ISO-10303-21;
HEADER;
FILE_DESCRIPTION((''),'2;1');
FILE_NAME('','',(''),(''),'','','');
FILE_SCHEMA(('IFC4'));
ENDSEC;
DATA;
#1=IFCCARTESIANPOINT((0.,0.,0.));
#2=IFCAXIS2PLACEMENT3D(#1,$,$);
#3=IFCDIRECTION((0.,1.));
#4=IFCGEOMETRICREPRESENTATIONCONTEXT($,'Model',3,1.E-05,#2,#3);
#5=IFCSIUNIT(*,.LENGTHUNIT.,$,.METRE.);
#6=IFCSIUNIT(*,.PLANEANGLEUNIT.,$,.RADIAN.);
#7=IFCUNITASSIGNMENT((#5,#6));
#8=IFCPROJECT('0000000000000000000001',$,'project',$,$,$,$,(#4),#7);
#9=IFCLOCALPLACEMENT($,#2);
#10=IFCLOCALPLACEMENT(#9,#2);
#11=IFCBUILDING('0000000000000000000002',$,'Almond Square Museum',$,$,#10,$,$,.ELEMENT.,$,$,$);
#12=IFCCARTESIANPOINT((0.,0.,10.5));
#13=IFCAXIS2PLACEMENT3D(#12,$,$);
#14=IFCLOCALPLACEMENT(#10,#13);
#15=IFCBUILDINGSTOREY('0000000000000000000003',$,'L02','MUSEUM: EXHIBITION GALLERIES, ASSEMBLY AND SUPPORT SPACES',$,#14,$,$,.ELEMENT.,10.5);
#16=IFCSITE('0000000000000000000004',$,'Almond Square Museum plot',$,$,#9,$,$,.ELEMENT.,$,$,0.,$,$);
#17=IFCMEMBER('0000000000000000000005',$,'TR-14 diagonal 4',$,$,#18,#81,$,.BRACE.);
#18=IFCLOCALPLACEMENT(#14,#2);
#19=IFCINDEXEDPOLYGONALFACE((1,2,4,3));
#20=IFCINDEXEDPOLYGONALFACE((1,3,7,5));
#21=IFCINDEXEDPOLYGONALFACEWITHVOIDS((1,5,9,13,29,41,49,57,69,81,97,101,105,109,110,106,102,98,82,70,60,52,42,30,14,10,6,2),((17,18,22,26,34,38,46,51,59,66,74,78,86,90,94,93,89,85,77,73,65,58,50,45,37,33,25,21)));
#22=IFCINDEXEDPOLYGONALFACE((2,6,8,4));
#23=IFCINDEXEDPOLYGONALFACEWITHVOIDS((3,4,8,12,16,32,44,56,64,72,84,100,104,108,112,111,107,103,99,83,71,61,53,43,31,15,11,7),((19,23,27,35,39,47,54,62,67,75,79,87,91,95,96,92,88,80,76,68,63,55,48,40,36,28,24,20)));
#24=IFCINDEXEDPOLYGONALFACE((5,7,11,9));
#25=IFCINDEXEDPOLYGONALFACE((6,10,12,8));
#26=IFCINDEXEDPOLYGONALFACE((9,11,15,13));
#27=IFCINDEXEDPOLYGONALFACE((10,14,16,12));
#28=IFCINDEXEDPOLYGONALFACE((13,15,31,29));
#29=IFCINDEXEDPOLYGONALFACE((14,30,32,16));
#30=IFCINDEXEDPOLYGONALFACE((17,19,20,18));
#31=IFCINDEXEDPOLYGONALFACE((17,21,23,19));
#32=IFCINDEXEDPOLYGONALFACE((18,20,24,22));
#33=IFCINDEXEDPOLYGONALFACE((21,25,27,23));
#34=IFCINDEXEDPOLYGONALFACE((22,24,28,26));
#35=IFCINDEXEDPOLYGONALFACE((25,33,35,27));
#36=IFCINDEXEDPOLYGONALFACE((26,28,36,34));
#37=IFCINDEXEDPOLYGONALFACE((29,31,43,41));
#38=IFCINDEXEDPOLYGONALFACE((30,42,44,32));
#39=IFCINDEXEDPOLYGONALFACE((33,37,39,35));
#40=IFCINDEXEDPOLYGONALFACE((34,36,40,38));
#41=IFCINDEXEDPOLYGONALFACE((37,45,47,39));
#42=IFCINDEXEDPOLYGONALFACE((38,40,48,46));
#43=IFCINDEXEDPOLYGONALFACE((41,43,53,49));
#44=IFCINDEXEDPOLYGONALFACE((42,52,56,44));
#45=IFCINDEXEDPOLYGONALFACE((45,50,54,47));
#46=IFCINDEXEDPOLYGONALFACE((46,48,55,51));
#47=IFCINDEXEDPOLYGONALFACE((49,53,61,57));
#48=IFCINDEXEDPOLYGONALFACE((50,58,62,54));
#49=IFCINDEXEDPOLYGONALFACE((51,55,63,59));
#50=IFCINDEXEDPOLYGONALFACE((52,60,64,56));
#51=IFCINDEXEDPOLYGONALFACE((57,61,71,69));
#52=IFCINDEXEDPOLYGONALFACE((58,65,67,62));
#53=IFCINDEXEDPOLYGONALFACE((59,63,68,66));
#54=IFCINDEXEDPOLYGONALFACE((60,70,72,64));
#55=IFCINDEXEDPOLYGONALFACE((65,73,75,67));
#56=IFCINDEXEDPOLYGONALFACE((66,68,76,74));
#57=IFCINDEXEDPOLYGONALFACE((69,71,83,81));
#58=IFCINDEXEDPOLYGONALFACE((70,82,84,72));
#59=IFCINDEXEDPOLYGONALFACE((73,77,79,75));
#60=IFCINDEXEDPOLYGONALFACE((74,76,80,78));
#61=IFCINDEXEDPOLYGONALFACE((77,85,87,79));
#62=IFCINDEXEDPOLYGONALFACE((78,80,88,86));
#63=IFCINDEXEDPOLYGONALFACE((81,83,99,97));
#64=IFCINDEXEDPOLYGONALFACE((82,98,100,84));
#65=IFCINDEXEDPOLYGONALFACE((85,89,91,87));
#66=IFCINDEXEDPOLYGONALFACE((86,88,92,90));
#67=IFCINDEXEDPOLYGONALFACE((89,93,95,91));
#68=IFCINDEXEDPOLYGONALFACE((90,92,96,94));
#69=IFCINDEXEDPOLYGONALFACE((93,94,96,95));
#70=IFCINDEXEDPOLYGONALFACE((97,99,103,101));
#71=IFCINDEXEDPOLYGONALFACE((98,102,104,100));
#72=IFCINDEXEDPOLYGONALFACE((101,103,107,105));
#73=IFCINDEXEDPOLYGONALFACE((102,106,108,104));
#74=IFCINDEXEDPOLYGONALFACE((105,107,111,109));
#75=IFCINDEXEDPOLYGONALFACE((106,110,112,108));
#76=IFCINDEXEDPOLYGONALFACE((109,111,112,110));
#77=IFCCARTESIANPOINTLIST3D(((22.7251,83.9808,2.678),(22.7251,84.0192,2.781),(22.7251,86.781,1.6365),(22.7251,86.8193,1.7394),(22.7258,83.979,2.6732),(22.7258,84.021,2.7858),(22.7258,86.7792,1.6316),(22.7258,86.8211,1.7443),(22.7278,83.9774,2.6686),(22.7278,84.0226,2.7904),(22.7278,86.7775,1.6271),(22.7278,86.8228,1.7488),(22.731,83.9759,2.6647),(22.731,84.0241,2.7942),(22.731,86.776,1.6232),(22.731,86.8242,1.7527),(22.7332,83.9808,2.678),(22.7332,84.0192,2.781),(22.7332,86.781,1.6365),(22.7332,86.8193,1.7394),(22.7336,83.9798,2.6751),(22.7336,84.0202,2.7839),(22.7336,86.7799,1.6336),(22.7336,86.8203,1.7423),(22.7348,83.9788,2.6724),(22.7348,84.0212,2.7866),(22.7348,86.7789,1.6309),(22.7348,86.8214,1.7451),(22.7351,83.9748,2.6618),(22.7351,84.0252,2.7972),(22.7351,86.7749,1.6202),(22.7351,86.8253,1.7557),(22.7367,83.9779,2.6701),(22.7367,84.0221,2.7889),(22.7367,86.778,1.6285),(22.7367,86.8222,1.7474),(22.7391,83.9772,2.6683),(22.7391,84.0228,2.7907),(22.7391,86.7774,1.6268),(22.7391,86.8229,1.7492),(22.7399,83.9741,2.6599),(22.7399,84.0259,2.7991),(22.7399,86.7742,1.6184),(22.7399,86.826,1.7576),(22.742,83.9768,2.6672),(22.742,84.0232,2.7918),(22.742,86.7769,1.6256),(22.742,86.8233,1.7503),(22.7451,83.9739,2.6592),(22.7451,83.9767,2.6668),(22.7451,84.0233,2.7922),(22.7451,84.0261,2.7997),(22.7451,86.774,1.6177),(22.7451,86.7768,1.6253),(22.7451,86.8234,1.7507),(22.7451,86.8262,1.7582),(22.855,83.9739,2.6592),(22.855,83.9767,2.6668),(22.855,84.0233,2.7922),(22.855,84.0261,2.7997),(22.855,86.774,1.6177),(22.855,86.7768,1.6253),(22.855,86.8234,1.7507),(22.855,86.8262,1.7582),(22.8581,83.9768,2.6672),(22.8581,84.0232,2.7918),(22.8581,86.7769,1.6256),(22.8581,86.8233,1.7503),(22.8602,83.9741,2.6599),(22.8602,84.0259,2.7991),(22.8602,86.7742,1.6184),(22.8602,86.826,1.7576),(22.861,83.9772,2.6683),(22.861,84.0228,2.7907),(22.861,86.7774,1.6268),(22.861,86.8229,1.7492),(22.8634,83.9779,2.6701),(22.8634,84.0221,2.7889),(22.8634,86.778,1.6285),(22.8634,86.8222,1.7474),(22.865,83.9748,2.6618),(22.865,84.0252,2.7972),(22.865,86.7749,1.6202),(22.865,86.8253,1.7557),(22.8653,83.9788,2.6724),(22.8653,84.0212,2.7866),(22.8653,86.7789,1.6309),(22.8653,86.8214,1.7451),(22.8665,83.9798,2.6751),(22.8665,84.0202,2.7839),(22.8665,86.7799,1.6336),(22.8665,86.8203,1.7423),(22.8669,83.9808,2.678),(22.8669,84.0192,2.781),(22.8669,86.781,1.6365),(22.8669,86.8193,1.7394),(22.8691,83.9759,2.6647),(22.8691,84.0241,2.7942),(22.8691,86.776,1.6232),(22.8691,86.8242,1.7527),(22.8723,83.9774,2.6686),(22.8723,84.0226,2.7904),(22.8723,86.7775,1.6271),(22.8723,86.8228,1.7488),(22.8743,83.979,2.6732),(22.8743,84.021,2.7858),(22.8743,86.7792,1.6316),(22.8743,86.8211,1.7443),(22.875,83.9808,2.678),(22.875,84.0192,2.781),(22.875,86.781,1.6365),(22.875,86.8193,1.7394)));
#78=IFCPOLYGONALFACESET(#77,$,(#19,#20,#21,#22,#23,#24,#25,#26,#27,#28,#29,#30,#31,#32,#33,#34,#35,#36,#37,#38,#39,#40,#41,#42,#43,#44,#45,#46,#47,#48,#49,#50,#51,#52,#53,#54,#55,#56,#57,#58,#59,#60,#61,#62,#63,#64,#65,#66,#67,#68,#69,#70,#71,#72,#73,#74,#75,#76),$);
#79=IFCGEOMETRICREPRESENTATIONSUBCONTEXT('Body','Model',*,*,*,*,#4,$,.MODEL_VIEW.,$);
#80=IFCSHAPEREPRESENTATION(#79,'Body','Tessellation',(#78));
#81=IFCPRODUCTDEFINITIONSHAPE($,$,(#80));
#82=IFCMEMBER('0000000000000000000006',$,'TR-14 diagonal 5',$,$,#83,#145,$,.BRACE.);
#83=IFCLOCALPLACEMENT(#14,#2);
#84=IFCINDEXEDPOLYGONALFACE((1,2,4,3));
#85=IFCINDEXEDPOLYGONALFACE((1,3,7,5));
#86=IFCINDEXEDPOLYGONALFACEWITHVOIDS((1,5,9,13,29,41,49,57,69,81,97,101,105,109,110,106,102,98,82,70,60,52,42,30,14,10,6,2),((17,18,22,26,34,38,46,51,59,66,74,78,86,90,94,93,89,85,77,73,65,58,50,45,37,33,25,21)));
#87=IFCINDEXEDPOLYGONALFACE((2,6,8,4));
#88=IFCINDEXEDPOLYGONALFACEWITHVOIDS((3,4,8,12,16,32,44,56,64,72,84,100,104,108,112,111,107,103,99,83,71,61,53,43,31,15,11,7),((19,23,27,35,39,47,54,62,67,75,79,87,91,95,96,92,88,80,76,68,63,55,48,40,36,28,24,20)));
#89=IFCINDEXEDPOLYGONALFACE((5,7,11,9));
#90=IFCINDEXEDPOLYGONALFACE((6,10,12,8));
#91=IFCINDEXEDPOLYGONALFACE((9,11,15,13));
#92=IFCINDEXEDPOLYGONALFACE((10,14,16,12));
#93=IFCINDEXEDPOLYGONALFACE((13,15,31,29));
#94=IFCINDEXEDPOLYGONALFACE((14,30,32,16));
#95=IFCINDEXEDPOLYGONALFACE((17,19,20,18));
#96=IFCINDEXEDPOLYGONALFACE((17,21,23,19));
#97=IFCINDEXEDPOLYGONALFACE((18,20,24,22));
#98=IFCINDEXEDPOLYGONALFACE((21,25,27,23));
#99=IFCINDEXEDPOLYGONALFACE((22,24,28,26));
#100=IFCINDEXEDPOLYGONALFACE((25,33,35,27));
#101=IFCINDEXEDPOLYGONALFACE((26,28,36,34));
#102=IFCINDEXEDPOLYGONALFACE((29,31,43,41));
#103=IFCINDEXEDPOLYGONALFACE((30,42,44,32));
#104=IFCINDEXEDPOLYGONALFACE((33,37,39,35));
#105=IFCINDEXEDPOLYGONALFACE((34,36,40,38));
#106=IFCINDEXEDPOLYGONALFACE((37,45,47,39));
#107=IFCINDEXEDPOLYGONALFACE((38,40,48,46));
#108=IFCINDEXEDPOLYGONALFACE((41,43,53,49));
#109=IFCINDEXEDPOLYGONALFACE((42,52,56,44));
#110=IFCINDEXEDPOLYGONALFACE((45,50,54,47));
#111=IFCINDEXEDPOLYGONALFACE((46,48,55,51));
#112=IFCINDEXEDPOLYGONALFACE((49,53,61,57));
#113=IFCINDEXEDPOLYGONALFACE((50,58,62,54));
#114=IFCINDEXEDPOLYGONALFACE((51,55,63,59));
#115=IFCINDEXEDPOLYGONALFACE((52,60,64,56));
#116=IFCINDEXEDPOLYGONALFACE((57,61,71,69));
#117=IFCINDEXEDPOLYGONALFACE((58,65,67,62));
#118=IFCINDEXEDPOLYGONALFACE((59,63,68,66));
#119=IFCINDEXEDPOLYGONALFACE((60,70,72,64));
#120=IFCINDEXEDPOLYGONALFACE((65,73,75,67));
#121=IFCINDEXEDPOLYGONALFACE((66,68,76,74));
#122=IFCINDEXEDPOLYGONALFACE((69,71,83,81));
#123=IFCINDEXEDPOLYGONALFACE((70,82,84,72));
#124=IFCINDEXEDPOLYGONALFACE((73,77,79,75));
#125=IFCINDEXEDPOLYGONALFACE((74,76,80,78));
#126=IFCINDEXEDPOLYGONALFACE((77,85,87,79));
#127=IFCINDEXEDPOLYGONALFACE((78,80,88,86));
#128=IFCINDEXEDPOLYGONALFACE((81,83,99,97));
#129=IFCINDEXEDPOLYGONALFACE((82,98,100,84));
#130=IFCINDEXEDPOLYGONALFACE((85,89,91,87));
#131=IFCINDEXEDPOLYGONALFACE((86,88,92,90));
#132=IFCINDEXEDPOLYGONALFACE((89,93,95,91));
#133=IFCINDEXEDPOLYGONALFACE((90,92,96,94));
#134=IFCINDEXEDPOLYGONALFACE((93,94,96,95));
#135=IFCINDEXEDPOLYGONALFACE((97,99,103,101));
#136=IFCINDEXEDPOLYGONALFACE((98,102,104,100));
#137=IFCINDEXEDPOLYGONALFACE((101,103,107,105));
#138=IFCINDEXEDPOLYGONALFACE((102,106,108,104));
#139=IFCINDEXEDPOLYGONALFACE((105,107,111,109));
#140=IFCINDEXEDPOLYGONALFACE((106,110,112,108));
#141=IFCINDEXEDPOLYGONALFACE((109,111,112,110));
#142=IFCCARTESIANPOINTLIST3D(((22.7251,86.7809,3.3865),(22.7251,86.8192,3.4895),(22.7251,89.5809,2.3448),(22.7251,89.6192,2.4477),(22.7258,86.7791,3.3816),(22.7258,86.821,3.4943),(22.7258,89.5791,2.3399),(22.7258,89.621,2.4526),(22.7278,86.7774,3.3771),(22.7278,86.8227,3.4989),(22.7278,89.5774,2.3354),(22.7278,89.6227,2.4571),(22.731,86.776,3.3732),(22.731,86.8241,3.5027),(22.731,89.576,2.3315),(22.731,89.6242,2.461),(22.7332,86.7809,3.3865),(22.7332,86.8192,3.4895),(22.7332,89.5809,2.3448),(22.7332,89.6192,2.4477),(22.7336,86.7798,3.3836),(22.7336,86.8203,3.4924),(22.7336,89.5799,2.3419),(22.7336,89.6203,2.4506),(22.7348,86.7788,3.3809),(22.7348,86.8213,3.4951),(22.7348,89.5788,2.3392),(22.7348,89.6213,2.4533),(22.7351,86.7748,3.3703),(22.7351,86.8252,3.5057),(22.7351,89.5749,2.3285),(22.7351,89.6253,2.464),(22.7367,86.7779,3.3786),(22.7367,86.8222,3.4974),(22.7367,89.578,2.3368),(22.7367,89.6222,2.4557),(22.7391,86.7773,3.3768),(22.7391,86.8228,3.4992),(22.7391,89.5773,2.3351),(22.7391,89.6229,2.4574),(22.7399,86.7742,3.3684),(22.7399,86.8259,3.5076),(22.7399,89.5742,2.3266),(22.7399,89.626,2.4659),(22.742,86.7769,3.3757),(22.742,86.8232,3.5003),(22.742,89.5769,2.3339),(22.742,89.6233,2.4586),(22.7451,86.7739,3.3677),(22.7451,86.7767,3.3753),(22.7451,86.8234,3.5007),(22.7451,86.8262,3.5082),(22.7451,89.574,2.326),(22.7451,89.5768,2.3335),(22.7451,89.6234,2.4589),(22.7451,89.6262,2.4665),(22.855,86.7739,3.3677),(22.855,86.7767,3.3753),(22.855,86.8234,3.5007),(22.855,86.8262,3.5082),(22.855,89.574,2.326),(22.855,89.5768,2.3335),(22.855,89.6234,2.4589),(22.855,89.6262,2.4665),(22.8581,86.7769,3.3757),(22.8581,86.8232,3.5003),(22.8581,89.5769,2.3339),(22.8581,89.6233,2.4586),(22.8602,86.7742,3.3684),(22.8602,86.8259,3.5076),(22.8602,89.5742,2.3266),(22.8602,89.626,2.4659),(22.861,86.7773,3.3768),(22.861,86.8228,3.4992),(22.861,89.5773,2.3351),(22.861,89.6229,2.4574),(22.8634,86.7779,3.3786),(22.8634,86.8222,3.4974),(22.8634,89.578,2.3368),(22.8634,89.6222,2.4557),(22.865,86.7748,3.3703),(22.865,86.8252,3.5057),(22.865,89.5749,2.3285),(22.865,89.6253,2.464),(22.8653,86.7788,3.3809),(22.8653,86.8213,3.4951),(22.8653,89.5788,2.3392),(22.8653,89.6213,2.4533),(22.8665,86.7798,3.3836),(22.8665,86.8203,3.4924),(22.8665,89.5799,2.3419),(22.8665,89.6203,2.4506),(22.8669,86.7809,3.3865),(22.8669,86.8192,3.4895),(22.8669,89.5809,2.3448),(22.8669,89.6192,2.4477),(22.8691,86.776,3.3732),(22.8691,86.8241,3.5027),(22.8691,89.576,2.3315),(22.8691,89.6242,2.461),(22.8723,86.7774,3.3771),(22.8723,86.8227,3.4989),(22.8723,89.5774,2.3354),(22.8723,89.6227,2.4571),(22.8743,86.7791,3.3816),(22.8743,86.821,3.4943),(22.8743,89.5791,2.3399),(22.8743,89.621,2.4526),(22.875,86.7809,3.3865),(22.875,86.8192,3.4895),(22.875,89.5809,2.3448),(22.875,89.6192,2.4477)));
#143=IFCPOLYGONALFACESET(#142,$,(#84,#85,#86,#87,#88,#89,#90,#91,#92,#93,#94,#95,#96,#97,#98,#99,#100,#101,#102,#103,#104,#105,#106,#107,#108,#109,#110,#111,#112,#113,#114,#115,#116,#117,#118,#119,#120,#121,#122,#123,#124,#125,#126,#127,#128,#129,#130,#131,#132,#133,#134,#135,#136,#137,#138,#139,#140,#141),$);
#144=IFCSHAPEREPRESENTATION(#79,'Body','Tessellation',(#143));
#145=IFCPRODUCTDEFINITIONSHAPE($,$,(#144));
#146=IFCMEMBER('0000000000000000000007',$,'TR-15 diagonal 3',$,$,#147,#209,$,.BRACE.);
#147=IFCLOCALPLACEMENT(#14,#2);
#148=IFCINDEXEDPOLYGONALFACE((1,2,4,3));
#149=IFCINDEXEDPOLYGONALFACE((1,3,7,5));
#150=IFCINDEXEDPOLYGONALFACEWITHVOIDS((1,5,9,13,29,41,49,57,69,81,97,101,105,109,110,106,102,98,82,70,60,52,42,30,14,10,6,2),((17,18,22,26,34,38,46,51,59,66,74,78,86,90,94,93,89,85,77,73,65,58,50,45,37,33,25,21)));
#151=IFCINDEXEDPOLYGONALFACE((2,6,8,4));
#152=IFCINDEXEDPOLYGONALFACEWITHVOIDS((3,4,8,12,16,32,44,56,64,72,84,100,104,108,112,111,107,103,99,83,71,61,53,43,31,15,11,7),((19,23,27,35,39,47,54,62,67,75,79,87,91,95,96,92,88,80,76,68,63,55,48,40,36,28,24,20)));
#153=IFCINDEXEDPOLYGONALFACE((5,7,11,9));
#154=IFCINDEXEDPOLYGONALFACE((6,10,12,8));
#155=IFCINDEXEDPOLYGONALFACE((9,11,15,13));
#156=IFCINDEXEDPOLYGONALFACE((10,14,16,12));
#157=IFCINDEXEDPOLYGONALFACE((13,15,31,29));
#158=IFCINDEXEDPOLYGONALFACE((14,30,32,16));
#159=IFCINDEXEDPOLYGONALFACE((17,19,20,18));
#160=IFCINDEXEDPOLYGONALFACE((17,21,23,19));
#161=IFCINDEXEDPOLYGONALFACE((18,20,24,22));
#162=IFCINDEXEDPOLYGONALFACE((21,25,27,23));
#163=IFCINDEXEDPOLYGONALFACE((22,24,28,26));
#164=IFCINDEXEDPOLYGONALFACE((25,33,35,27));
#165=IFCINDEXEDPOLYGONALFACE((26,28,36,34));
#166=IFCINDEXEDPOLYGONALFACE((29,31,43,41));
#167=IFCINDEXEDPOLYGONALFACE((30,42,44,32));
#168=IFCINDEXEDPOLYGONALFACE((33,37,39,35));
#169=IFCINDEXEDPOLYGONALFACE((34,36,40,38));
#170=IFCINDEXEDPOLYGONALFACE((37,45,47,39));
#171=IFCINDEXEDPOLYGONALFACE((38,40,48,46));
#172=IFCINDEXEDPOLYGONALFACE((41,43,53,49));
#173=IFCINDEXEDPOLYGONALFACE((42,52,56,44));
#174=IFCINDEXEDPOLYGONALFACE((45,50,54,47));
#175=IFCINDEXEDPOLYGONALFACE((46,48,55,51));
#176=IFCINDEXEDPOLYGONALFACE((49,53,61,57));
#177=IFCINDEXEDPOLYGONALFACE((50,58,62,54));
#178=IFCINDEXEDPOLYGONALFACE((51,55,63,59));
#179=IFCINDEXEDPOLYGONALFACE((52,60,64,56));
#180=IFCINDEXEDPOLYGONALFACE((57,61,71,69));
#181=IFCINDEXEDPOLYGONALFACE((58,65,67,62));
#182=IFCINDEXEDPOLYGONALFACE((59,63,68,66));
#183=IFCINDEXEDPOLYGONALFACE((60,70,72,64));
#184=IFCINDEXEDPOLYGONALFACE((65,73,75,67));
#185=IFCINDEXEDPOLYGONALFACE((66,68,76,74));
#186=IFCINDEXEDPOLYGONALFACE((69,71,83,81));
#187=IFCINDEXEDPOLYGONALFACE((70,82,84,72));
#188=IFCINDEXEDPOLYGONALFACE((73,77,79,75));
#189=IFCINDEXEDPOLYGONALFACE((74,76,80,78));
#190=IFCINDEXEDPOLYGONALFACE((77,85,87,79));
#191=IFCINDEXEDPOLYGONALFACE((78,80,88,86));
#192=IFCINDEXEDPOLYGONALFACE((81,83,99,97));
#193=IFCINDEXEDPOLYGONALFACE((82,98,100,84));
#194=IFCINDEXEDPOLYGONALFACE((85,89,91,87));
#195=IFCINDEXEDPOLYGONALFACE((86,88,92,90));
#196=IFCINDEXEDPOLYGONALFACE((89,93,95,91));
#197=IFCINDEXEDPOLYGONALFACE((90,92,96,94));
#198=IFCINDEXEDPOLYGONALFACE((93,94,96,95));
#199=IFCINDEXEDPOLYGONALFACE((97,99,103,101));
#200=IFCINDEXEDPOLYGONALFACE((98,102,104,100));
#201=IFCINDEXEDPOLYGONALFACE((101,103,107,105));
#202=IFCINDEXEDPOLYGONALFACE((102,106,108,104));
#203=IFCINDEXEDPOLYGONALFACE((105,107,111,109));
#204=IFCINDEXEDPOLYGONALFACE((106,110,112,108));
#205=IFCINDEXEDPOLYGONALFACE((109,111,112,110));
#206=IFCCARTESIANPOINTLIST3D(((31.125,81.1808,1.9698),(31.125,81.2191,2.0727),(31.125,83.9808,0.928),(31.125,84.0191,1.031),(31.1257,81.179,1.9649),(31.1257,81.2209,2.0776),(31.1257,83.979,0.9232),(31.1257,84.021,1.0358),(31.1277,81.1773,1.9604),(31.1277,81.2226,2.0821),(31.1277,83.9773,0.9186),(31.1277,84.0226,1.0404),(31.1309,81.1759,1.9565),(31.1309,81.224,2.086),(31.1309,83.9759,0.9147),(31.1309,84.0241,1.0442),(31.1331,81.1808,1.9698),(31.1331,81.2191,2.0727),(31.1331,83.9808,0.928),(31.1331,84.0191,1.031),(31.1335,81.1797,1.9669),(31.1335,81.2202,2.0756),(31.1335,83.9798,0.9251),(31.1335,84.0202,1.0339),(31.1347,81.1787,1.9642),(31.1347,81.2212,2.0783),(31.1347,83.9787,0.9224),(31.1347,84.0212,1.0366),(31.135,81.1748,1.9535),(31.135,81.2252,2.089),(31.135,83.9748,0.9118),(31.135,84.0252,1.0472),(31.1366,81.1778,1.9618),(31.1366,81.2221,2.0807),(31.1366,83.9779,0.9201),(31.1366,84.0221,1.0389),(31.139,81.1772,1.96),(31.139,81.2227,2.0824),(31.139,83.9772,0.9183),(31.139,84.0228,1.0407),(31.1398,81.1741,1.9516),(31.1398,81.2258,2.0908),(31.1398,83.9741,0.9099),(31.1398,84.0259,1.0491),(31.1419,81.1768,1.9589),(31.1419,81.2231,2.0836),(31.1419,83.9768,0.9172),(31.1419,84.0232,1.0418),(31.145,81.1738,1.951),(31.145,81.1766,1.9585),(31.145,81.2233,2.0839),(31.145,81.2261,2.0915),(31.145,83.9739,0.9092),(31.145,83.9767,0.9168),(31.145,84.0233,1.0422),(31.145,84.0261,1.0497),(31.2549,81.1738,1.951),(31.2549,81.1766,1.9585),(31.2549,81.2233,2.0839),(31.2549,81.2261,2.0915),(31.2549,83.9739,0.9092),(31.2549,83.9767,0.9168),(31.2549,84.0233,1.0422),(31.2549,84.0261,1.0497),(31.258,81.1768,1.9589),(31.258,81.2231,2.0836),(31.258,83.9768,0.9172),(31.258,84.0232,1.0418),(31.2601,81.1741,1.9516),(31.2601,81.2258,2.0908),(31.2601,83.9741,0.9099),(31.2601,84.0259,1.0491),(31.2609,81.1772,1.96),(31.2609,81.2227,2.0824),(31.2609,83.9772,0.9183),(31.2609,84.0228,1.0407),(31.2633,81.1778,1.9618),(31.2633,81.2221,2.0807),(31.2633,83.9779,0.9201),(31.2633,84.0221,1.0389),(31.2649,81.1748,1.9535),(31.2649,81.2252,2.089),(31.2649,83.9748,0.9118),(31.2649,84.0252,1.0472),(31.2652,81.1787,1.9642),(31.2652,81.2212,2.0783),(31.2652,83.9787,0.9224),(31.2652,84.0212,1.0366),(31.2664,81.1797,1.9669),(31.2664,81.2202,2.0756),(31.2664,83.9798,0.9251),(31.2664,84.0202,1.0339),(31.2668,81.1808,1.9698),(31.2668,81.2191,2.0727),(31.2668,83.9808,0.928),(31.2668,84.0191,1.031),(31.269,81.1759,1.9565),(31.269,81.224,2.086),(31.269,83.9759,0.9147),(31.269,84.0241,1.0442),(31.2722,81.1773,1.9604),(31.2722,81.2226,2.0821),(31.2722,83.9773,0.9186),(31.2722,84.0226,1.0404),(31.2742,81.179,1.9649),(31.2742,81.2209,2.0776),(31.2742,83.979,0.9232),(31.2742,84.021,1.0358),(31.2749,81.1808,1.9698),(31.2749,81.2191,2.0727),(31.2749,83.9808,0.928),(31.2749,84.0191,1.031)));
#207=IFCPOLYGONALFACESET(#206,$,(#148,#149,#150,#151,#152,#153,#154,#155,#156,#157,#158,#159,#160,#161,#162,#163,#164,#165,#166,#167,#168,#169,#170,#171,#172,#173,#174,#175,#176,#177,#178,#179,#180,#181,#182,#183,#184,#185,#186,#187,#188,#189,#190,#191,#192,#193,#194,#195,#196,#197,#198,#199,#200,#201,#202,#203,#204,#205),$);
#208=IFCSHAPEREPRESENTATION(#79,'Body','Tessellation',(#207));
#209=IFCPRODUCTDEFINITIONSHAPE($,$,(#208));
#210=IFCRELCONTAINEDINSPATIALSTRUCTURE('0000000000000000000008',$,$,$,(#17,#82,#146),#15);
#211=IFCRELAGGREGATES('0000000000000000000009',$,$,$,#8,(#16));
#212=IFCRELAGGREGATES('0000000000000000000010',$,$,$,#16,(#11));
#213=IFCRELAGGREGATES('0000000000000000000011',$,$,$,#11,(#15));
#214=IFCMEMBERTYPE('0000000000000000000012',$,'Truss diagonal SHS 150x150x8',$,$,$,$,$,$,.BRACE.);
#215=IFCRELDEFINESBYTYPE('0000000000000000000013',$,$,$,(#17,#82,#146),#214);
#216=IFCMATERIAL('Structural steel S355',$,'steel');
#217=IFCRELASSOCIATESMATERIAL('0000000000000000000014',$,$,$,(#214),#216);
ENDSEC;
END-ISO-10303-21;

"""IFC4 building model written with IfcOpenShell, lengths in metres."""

from ifc_helpers import new_model, si_unit, direction, frame, origin, origin_2d, place, context, subcontext, project, spatial, hollow_rectangle, extrude, material, material_profile, profile_set, type_object, element, save


model = new_model("IFC4")

# Units and contexts
model_context = context("Model", 3, precision=1e-05, world=origin(), true_north=direction((0.0, 1.0)))
body_context = subcontext(model_context, "Body", "Model", "MODEL_VIEW")
ifc_project = project(units=[si_unit("LENGTHUNIT", "METRE"), si_unit("PLANEANGLEUNIT", "RADIAN")], contexts=[model_context])

# Site, building, storey
site_placement = place(None, origin())
site = spatial("IfcSite", under=ifc_project, at=site_placement, Name="Almond Square Museum plot", CompositionType="ELEMENT", RefElevation=0.0)
building_placement = place(site_placement, origin())
building = spatial("IfcBuilding", under=site, at=building_placement, Name="Almond Square Museum", CompositionType="ELEMENT")
storey_placement = place(building_placement, frame((0.0, 0.0, 10.5)))
storey = spatial("IfcBuildingStorey", under=building, at=storey_placement, Name="L02", Description="MUSEUM: EXHIBITION GALLERIES, ASSEMBLY AND SUPPORT SPACES", CompositionType="ELEMENT", Elevation=10.5)

# Members
ifc_material_1 = material(Name="Structural steel S355", Category="steel")
ifc_material_profile_1 = material_profile(ifc_material_1, hollow_rectangle(XDim=0.1499, YDim=0.1499, WallThickness=0.0081, InnerFilletRadius=0.012, OuterFilletRadius=0.02, at=origin_2d()))
ifc_profile_set_1 = profile_set([ifc_material_profile_1], Name="Structural steel S355")
member_type_1 = type_object("IfcMemberType", Name="Truss diagonal SHS 150x150x8", PredefinedType="BRACE", material=ifc_profile_set_1)
for number, where, z_axis, x_axis, name in (
    (1, (22.8, 84.0, 2.7295), (0.0, 0.937263, -0.348624), (-1.0, 0.0, 0.0), "TR-14 diagonal 4"),
    (2, (22.8, 86.8, 3.438), (0.0, 0.937236, -0.348695), (-1.0, 0.0, 0.0), "TR-14 diagonal 5"),
    (3, (31.2, 81.2, 2.0212), (0.0, 0.937236, -0.348695), (-1.0, 0.0, 0.0), "TR-15 diagonal 3"),
):
    element("IfcMember", number, at=place(storey_placement, frame(where, z_axis=z_axis, x_axis=x_axis)), inside=storey, type_object=member_type_1, Name=name, PredefinedType="BRACE", context=body_context, shape_type="SweptSolid", body=[
        extrude(hollow_rectangle(XDim=0.1499, YDim=0.1499, WallThickness=0.0081, InnerFilletRadius=0.012, OuterFilletRadius=0.02, at=origin_2d()), origin(), (0.0, 0.0, 1.0), 2.9875),
    ])

save(model, "model.ifc")
